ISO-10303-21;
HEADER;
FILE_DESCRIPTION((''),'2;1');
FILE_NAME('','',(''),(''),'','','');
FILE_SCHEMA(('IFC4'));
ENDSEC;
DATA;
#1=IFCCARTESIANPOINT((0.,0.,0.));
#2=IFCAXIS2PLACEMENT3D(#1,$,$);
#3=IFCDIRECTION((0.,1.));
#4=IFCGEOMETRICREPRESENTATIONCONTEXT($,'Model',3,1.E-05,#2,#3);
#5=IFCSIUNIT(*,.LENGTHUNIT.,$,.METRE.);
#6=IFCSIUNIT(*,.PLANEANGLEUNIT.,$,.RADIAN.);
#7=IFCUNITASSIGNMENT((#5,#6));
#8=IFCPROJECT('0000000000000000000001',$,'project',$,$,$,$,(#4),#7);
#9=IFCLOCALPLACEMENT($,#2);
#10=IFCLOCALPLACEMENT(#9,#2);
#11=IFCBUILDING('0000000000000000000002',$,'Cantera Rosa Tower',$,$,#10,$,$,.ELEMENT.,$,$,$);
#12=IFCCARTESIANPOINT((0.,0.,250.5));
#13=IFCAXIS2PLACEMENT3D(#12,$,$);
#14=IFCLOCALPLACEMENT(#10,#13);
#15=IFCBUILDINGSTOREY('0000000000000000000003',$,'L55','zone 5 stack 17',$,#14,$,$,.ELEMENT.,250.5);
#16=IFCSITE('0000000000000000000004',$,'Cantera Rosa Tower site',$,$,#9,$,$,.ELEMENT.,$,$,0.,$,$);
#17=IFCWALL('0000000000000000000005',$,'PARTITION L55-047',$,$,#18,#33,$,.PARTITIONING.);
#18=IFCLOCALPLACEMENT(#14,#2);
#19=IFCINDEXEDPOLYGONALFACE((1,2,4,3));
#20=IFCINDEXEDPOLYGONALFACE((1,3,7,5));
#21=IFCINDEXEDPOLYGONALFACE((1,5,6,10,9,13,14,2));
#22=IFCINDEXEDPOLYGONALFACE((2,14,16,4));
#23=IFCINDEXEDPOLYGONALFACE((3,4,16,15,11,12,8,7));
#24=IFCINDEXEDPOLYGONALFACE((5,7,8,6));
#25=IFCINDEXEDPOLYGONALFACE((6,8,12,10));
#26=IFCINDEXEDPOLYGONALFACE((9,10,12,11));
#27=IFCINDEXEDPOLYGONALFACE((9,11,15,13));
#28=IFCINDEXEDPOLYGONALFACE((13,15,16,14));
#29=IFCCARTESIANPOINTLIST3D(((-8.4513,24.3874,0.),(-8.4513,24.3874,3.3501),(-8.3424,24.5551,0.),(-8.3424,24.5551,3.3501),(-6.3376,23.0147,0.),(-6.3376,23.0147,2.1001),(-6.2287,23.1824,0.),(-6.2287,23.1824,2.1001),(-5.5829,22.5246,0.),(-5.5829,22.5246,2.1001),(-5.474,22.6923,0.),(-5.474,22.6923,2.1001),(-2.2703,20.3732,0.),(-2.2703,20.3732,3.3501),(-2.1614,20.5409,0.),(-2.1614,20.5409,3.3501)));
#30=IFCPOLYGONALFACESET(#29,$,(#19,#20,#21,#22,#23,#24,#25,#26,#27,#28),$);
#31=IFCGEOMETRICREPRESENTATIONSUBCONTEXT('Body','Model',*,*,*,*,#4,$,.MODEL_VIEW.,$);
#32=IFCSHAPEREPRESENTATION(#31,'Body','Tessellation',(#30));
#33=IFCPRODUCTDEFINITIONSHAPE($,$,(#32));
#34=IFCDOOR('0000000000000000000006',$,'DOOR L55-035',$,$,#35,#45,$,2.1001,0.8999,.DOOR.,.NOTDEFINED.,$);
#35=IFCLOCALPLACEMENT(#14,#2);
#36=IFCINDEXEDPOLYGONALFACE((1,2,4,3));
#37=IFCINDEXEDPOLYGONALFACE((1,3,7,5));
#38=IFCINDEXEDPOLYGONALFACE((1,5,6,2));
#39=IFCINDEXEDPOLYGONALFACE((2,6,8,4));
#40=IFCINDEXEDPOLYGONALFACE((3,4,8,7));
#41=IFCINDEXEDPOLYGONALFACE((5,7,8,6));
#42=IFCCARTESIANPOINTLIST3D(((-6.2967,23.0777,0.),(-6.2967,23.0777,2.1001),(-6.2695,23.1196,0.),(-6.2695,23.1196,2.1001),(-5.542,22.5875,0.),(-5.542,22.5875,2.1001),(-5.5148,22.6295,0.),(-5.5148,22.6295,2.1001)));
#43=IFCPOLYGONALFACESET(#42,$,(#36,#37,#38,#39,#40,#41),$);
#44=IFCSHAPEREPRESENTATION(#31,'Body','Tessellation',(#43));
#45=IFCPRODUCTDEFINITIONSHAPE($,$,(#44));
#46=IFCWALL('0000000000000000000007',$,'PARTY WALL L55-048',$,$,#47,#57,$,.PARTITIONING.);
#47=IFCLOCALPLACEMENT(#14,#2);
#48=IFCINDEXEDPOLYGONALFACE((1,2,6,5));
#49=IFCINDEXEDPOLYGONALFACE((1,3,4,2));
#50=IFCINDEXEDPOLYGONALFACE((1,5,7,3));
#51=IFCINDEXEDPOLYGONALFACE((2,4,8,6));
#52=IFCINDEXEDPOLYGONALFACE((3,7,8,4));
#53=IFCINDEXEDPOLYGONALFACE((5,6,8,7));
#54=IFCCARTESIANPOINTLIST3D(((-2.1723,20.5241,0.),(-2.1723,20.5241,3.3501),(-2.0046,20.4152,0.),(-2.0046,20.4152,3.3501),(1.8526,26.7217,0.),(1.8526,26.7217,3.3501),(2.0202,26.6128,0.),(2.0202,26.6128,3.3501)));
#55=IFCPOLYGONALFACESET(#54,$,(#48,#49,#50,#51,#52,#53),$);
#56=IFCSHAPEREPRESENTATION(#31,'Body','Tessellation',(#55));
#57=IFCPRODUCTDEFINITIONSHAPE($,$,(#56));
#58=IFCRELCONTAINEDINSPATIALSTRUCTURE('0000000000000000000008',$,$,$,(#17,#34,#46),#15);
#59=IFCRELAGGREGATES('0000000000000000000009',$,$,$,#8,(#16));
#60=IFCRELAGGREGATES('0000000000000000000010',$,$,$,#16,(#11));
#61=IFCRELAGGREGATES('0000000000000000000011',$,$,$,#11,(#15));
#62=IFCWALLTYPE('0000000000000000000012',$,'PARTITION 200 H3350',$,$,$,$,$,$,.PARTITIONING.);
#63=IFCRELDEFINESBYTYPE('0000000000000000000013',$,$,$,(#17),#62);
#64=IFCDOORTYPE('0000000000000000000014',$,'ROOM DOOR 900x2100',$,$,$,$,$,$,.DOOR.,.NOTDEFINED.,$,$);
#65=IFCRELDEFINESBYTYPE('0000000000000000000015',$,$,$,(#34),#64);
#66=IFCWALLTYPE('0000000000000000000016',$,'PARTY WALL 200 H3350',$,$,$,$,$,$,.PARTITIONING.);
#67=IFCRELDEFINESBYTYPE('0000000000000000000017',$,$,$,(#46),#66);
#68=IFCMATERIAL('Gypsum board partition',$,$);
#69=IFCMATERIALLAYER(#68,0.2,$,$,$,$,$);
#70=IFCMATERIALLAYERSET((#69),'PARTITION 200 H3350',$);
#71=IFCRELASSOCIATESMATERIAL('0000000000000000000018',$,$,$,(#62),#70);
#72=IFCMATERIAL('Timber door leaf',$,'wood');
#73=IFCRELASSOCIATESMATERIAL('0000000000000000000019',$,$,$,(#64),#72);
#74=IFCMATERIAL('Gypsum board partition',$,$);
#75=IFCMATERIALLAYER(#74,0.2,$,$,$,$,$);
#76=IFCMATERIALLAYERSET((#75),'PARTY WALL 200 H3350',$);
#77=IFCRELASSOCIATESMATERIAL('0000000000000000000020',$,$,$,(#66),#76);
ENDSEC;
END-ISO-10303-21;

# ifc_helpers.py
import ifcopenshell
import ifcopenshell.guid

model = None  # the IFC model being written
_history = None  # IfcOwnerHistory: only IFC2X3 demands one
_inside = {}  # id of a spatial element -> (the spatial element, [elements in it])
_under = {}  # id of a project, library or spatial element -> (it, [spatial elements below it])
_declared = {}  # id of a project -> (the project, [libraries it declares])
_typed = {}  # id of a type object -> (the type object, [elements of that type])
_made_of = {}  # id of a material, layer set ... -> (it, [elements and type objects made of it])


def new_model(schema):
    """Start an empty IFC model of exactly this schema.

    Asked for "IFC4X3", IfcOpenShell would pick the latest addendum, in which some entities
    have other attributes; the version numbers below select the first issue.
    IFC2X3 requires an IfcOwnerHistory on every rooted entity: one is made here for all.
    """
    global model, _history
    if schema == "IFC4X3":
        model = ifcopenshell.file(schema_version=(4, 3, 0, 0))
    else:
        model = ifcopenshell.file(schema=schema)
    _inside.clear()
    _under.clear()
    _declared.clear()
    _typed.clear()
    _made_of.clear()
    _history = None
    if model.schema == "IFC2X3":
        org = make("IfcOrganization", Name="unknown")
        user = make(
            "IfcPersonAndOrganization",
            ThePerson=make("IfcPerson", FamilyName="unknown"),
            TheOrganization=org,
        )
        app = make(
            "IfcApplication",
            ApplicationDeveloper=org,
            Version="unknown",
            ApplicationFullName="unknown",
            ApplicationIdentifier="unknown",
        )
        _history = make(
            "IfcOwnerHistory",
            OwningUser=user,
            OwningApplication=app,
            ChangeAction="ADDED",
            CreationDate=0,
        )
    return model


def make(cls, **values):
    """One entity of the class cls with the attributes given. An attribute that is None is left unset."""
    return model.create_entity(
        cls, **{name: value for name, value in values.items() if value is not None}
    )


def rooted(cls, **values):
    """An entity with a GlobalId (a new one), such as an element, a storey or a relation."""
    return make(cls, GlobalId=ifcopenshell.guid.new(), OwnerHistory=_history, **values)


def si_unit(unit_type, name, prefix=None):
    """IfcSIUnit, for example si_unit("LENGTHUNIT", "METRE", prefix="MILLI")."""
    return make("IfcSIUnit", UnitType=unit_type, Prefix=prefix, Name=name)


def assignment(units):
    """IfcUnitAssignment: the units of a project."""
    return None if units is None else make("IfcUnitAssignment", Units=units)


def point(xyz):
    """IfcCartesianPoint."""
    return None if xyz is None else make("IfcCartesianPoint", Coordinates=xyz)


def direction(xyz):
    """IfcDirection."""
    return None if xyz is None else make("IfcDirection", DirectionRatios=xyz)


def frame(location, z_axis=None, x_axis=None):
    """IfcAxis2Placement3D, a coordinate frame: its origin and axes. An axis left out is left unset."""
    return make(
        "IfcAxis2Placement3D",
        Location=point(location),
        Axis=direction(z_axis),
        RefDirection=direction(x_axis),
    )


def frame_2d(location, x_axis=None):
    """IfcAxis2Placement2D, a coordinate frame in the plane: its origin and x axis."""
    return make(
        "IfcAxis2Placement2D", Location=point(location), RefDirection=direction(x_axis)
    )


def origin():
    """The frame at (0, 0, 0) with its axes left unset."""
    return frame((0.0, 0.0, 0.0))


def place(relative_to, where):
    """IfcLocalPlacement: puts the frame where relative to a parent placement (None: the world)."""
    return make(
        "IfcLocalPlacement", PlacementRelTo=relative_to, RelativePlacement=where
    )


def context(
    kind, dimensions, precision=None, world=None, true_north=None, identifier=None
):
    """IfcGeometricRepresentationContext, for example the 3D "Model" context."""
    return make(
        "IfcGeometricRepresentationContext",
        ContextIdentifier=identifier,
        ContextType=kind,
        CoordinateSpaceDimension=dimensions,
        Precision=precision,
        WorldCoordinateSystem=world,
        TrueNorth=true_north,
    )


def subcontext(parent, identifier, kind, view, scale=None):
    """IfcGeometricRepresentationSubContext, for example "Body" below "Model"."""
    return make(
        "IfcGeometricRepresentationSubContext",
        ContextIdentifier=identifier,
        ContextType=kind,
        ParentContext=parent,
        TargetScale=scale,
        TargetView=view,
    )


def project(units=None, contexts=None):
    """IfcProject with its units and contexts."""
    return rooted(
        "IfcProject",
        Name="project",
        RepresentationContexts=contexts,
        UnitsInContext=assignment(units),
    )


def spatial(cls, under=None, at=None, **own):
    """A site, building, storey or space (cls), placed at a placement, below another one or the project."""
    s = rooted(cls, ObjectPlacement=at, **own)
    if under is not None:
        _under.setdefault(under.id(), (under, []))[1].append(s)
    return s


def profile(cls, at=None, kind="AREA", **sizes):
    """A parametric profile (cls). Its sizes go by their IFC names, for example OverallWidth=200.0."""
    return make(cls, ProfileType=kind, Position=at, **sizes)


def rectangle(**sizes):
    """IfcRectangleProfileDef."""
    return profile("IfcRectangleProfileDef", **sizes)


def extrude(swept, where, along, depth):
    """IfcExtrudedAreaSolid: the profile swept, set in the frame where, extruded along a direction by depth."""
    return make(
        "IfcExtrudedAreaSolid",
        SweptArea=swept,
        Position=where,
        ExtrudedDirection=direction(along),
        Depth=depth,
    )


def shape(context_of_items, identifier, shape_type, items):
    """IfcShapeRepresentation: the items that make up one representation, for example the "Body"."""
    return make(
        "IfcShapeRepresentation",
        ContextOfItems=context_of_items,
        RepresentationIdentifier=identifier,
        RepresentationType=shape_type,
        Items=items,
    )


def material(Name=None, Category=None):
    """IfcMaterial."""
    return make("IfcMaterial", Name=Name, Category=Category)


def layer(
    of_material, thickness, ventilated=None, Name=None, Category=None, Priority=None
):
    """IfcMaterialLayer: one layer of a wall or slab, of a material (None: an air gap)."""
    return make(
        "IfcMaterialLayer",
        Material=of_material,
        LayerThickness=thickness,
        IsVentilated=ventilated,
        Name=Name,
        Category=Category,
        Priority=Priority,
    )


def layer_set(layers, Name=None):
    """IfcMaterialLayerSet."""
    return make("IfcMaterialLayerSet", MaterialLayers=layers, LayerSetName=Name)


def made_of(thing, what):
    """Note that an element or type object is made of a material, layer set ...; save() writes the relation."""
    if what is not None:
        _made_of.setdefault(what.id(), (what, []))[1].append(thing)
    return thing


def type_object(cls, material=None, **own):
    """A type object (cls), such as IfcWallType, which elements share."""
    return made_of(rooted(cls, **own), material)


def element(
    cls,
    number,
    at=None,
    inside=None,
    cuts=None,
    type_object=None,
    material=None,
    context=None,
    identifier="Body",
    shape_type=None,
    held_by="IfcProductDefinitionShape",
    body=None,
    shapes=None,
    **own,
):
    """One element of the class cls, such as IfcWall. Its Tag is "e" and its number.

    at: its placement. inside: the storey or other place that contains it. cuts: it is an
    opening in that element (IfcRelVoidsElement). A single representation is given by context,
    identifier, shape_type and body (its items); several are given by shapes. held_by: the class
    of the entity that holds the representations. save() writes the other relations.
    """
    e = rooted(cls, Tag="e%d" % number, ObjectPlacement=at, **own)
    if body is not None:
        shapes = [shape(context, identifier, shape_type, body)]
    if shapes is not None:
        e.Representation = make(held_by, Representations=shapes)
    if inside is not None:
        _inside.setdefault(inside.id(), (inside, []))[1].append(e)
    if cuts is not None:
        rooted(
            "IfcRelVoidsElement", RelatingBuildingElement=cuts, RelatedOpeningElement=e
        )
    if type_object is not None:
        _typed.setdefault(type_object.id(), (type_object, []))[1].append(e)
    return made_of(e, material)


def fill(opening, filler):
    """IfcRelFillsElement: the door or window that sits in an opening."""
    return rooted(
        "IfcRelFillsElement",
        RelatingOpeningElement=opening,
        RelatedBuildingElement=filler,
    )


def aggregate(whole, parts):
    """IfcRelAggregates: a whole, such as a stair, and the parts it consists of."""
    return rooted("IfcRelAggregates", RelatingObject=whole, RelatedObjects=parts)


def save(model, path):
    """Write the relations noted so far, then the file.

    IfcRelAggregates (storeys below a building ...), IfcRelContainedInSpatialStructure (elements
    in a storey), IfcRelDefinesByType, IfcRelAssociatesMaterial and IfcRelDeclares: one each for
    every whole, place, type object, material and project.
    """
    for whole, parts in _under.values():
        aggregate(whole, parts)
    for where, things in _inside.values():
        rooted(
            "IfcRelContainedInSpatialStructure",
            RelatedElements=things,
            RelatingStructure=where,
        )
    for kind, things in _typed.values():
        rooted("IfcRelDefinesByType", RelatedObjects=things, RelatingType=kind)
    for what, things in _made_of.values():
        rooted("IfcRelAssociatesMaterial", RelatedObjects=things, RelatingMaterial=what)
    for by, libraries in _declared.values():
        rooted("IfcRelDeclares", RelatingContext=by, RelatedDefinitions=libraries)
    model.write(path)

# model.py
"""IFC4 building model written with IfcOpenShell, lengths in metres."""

from ifc_helpers import new_model, si_unit, direction, frame, frame_2d, origin, place, context, subcontext, project, spatial, rectangle, extrude, material, layer, layer_set, type_object, element, fill, save


model = new_model("IFC4")

# Units and contexts
model_context = context("Model", 3, precision=1e-05, world=origin(), true_north=direction((0.0, 1.0)))
body_context = subcontext(model_context, "Body", "Model", "MODEL_VIEW")
ifc_project = project(units=[si_unit("LENGTHUNIT", "METRE"), si_unit("PLANEANGLEUNIT", "RADIAN")], contexts=[model_context])

# Site, building, storey
site_placement = place(None, origin())
site = spatial("IfcSite", under=ifc_project, at=site_placement, Name="Cantera Rosa Tower site", CompositionType="ELEMENT", RefElevation=0.0)
building_placement = place(site_placement, origin())
building = spatial("IfcBuilding", under=site, at=building_placement, Name="Cantera Rosa Tower", CompositionType="ELEMENT")
storey_placement = place(building_placement, frame((0.0, 0.0, 250.5)))
storey = spatial("IfcBuildingStorey", under=building, at=storey_placement, Name="L55", Description="zone 5 stack 17", CompositionType="ELEMENT", Elevation=250.5)

# Wall, opening, door
ifc_material_1 = material(Name="Gypsum board partition")
ifc_layer_1 = layer(ifc_material_1, 0.2)
ifc_layer_set_1 = layer_set([ifc_layer_1], Name="PARTITION 200 H3350")
wall_type_1 = type_object("IfcWallType", Name="PARTITION 200 H3350", PredefinedType="PARTITIONING", material=ifc_layer_set_1)
wall_1_placement = place(storey_placement, frame((-2.2158, 20.457, 0.0), z_axis=(0.0, 0.0, 1.0), x_axis=(-0.838656, 0.544661, 0.0)))
wall_1 = element("IfcWall", 1, at=wall_1_placement, inside=storey, type_object=wall_type_1, Name="PARTITION L55-047", PredefinedType="PARTITIONING", context=body_context, shape_type="SweptSolid", body=[
    extrude(rectangle(XDim=7.3701, YDim=0.2, at=frame_2d((3.6851, 0.0))), origin(), (0.0, 0.0, 1.0), 3.3501),
])
opening_1_placement = place(wall_1_placement, frame((3.95, 0.0, 0.0)))
opening_1 = element("IfcOpeningElement", 2, at=opening_1_placement, cuts=wall_1, PredefinedType="OPENING", context=body_context, shape_type="SweptSolid", body=[
    extrude(rectangle(XDim=0.8999, YDim=2.1001, at=frame_2d((0.45, 1.05))), frame((0.0, 0.1099, 0.0), z_axis=(0.0, -1.0, 0.0), x_axis=(1.0, 0.0, 0.0)), (0.0, 0.0, 1.0), 0.22),
])
ifc_material_2 = material(Name="Timber door leaf", Category="wood")
door_type_1 = type_object("IfcDoorType", Name="ROOM DOOR 900x2100", OperationType="NOTDEFINED", PredefinedType="DOOR", material=ifc_material_2)
door_1_placement = place(opening_1_placement, origin())
door_1 = element("IfcDoor", 3, at=door_1_placement, inside=storey, type_object=door_type_1, Name="DOOR L55-035", OperationType="NOTDEFINED", OverallHeight=2.1001, OverallWidth=0.8999, PredefinedType="DOOR", context=body_context, shape_type="SweptSolid", body=[
    extrude(rectangle(XDim=0.8999, YDim=2.1001, at=frame_2d((0.45, 1.05))), frame((0.0, 0.0249, 0.0), z_axis=(0.0, -1.0, 0.0), x_axis=(1.0, 0.0, 0.0)), (0.0, 0.0, 1.0), 0.05),
])
fill(opening_1, door_1)

# Wall
ifc_material_3 = material(Name="Gypsum board partition")
ifc_layer_2 = layer(ifc_material_3, 0.2)
ifc_layer_set_2 = layer_set([ifc_layer_2], Name="PARTY WALL 200 H3350")
wall_type_2 = type_object("IfcWallType", Name="PARTY WALL 200 H3350", PredefinedType="PARTITIONING", material=ifc_layer_set_2)
wall_2_placement = place(storey_placement, frame((-2.0884, 20.4697, 0.0), z_axis=(0.0, 0.0, 1.0), x_axis=(0.544642, 0.838668, 0.0)))
element("IfcWall", 4, at=wall_2_placement, inside=storey, type_object=wall_type_2, Name="PARTY WALL L55-048", PredefinedType="PARTITIONING", context=body_context, shape_type="SweptSolid", body=[
    extrude(rectangle(XDim=7.3899, YDim=0.2, at=frame_2d((3.6948, 0.0))), origin(), (0.0, 0.0, 1.0), 3.3501),
])

save(model, "model.ifc")
